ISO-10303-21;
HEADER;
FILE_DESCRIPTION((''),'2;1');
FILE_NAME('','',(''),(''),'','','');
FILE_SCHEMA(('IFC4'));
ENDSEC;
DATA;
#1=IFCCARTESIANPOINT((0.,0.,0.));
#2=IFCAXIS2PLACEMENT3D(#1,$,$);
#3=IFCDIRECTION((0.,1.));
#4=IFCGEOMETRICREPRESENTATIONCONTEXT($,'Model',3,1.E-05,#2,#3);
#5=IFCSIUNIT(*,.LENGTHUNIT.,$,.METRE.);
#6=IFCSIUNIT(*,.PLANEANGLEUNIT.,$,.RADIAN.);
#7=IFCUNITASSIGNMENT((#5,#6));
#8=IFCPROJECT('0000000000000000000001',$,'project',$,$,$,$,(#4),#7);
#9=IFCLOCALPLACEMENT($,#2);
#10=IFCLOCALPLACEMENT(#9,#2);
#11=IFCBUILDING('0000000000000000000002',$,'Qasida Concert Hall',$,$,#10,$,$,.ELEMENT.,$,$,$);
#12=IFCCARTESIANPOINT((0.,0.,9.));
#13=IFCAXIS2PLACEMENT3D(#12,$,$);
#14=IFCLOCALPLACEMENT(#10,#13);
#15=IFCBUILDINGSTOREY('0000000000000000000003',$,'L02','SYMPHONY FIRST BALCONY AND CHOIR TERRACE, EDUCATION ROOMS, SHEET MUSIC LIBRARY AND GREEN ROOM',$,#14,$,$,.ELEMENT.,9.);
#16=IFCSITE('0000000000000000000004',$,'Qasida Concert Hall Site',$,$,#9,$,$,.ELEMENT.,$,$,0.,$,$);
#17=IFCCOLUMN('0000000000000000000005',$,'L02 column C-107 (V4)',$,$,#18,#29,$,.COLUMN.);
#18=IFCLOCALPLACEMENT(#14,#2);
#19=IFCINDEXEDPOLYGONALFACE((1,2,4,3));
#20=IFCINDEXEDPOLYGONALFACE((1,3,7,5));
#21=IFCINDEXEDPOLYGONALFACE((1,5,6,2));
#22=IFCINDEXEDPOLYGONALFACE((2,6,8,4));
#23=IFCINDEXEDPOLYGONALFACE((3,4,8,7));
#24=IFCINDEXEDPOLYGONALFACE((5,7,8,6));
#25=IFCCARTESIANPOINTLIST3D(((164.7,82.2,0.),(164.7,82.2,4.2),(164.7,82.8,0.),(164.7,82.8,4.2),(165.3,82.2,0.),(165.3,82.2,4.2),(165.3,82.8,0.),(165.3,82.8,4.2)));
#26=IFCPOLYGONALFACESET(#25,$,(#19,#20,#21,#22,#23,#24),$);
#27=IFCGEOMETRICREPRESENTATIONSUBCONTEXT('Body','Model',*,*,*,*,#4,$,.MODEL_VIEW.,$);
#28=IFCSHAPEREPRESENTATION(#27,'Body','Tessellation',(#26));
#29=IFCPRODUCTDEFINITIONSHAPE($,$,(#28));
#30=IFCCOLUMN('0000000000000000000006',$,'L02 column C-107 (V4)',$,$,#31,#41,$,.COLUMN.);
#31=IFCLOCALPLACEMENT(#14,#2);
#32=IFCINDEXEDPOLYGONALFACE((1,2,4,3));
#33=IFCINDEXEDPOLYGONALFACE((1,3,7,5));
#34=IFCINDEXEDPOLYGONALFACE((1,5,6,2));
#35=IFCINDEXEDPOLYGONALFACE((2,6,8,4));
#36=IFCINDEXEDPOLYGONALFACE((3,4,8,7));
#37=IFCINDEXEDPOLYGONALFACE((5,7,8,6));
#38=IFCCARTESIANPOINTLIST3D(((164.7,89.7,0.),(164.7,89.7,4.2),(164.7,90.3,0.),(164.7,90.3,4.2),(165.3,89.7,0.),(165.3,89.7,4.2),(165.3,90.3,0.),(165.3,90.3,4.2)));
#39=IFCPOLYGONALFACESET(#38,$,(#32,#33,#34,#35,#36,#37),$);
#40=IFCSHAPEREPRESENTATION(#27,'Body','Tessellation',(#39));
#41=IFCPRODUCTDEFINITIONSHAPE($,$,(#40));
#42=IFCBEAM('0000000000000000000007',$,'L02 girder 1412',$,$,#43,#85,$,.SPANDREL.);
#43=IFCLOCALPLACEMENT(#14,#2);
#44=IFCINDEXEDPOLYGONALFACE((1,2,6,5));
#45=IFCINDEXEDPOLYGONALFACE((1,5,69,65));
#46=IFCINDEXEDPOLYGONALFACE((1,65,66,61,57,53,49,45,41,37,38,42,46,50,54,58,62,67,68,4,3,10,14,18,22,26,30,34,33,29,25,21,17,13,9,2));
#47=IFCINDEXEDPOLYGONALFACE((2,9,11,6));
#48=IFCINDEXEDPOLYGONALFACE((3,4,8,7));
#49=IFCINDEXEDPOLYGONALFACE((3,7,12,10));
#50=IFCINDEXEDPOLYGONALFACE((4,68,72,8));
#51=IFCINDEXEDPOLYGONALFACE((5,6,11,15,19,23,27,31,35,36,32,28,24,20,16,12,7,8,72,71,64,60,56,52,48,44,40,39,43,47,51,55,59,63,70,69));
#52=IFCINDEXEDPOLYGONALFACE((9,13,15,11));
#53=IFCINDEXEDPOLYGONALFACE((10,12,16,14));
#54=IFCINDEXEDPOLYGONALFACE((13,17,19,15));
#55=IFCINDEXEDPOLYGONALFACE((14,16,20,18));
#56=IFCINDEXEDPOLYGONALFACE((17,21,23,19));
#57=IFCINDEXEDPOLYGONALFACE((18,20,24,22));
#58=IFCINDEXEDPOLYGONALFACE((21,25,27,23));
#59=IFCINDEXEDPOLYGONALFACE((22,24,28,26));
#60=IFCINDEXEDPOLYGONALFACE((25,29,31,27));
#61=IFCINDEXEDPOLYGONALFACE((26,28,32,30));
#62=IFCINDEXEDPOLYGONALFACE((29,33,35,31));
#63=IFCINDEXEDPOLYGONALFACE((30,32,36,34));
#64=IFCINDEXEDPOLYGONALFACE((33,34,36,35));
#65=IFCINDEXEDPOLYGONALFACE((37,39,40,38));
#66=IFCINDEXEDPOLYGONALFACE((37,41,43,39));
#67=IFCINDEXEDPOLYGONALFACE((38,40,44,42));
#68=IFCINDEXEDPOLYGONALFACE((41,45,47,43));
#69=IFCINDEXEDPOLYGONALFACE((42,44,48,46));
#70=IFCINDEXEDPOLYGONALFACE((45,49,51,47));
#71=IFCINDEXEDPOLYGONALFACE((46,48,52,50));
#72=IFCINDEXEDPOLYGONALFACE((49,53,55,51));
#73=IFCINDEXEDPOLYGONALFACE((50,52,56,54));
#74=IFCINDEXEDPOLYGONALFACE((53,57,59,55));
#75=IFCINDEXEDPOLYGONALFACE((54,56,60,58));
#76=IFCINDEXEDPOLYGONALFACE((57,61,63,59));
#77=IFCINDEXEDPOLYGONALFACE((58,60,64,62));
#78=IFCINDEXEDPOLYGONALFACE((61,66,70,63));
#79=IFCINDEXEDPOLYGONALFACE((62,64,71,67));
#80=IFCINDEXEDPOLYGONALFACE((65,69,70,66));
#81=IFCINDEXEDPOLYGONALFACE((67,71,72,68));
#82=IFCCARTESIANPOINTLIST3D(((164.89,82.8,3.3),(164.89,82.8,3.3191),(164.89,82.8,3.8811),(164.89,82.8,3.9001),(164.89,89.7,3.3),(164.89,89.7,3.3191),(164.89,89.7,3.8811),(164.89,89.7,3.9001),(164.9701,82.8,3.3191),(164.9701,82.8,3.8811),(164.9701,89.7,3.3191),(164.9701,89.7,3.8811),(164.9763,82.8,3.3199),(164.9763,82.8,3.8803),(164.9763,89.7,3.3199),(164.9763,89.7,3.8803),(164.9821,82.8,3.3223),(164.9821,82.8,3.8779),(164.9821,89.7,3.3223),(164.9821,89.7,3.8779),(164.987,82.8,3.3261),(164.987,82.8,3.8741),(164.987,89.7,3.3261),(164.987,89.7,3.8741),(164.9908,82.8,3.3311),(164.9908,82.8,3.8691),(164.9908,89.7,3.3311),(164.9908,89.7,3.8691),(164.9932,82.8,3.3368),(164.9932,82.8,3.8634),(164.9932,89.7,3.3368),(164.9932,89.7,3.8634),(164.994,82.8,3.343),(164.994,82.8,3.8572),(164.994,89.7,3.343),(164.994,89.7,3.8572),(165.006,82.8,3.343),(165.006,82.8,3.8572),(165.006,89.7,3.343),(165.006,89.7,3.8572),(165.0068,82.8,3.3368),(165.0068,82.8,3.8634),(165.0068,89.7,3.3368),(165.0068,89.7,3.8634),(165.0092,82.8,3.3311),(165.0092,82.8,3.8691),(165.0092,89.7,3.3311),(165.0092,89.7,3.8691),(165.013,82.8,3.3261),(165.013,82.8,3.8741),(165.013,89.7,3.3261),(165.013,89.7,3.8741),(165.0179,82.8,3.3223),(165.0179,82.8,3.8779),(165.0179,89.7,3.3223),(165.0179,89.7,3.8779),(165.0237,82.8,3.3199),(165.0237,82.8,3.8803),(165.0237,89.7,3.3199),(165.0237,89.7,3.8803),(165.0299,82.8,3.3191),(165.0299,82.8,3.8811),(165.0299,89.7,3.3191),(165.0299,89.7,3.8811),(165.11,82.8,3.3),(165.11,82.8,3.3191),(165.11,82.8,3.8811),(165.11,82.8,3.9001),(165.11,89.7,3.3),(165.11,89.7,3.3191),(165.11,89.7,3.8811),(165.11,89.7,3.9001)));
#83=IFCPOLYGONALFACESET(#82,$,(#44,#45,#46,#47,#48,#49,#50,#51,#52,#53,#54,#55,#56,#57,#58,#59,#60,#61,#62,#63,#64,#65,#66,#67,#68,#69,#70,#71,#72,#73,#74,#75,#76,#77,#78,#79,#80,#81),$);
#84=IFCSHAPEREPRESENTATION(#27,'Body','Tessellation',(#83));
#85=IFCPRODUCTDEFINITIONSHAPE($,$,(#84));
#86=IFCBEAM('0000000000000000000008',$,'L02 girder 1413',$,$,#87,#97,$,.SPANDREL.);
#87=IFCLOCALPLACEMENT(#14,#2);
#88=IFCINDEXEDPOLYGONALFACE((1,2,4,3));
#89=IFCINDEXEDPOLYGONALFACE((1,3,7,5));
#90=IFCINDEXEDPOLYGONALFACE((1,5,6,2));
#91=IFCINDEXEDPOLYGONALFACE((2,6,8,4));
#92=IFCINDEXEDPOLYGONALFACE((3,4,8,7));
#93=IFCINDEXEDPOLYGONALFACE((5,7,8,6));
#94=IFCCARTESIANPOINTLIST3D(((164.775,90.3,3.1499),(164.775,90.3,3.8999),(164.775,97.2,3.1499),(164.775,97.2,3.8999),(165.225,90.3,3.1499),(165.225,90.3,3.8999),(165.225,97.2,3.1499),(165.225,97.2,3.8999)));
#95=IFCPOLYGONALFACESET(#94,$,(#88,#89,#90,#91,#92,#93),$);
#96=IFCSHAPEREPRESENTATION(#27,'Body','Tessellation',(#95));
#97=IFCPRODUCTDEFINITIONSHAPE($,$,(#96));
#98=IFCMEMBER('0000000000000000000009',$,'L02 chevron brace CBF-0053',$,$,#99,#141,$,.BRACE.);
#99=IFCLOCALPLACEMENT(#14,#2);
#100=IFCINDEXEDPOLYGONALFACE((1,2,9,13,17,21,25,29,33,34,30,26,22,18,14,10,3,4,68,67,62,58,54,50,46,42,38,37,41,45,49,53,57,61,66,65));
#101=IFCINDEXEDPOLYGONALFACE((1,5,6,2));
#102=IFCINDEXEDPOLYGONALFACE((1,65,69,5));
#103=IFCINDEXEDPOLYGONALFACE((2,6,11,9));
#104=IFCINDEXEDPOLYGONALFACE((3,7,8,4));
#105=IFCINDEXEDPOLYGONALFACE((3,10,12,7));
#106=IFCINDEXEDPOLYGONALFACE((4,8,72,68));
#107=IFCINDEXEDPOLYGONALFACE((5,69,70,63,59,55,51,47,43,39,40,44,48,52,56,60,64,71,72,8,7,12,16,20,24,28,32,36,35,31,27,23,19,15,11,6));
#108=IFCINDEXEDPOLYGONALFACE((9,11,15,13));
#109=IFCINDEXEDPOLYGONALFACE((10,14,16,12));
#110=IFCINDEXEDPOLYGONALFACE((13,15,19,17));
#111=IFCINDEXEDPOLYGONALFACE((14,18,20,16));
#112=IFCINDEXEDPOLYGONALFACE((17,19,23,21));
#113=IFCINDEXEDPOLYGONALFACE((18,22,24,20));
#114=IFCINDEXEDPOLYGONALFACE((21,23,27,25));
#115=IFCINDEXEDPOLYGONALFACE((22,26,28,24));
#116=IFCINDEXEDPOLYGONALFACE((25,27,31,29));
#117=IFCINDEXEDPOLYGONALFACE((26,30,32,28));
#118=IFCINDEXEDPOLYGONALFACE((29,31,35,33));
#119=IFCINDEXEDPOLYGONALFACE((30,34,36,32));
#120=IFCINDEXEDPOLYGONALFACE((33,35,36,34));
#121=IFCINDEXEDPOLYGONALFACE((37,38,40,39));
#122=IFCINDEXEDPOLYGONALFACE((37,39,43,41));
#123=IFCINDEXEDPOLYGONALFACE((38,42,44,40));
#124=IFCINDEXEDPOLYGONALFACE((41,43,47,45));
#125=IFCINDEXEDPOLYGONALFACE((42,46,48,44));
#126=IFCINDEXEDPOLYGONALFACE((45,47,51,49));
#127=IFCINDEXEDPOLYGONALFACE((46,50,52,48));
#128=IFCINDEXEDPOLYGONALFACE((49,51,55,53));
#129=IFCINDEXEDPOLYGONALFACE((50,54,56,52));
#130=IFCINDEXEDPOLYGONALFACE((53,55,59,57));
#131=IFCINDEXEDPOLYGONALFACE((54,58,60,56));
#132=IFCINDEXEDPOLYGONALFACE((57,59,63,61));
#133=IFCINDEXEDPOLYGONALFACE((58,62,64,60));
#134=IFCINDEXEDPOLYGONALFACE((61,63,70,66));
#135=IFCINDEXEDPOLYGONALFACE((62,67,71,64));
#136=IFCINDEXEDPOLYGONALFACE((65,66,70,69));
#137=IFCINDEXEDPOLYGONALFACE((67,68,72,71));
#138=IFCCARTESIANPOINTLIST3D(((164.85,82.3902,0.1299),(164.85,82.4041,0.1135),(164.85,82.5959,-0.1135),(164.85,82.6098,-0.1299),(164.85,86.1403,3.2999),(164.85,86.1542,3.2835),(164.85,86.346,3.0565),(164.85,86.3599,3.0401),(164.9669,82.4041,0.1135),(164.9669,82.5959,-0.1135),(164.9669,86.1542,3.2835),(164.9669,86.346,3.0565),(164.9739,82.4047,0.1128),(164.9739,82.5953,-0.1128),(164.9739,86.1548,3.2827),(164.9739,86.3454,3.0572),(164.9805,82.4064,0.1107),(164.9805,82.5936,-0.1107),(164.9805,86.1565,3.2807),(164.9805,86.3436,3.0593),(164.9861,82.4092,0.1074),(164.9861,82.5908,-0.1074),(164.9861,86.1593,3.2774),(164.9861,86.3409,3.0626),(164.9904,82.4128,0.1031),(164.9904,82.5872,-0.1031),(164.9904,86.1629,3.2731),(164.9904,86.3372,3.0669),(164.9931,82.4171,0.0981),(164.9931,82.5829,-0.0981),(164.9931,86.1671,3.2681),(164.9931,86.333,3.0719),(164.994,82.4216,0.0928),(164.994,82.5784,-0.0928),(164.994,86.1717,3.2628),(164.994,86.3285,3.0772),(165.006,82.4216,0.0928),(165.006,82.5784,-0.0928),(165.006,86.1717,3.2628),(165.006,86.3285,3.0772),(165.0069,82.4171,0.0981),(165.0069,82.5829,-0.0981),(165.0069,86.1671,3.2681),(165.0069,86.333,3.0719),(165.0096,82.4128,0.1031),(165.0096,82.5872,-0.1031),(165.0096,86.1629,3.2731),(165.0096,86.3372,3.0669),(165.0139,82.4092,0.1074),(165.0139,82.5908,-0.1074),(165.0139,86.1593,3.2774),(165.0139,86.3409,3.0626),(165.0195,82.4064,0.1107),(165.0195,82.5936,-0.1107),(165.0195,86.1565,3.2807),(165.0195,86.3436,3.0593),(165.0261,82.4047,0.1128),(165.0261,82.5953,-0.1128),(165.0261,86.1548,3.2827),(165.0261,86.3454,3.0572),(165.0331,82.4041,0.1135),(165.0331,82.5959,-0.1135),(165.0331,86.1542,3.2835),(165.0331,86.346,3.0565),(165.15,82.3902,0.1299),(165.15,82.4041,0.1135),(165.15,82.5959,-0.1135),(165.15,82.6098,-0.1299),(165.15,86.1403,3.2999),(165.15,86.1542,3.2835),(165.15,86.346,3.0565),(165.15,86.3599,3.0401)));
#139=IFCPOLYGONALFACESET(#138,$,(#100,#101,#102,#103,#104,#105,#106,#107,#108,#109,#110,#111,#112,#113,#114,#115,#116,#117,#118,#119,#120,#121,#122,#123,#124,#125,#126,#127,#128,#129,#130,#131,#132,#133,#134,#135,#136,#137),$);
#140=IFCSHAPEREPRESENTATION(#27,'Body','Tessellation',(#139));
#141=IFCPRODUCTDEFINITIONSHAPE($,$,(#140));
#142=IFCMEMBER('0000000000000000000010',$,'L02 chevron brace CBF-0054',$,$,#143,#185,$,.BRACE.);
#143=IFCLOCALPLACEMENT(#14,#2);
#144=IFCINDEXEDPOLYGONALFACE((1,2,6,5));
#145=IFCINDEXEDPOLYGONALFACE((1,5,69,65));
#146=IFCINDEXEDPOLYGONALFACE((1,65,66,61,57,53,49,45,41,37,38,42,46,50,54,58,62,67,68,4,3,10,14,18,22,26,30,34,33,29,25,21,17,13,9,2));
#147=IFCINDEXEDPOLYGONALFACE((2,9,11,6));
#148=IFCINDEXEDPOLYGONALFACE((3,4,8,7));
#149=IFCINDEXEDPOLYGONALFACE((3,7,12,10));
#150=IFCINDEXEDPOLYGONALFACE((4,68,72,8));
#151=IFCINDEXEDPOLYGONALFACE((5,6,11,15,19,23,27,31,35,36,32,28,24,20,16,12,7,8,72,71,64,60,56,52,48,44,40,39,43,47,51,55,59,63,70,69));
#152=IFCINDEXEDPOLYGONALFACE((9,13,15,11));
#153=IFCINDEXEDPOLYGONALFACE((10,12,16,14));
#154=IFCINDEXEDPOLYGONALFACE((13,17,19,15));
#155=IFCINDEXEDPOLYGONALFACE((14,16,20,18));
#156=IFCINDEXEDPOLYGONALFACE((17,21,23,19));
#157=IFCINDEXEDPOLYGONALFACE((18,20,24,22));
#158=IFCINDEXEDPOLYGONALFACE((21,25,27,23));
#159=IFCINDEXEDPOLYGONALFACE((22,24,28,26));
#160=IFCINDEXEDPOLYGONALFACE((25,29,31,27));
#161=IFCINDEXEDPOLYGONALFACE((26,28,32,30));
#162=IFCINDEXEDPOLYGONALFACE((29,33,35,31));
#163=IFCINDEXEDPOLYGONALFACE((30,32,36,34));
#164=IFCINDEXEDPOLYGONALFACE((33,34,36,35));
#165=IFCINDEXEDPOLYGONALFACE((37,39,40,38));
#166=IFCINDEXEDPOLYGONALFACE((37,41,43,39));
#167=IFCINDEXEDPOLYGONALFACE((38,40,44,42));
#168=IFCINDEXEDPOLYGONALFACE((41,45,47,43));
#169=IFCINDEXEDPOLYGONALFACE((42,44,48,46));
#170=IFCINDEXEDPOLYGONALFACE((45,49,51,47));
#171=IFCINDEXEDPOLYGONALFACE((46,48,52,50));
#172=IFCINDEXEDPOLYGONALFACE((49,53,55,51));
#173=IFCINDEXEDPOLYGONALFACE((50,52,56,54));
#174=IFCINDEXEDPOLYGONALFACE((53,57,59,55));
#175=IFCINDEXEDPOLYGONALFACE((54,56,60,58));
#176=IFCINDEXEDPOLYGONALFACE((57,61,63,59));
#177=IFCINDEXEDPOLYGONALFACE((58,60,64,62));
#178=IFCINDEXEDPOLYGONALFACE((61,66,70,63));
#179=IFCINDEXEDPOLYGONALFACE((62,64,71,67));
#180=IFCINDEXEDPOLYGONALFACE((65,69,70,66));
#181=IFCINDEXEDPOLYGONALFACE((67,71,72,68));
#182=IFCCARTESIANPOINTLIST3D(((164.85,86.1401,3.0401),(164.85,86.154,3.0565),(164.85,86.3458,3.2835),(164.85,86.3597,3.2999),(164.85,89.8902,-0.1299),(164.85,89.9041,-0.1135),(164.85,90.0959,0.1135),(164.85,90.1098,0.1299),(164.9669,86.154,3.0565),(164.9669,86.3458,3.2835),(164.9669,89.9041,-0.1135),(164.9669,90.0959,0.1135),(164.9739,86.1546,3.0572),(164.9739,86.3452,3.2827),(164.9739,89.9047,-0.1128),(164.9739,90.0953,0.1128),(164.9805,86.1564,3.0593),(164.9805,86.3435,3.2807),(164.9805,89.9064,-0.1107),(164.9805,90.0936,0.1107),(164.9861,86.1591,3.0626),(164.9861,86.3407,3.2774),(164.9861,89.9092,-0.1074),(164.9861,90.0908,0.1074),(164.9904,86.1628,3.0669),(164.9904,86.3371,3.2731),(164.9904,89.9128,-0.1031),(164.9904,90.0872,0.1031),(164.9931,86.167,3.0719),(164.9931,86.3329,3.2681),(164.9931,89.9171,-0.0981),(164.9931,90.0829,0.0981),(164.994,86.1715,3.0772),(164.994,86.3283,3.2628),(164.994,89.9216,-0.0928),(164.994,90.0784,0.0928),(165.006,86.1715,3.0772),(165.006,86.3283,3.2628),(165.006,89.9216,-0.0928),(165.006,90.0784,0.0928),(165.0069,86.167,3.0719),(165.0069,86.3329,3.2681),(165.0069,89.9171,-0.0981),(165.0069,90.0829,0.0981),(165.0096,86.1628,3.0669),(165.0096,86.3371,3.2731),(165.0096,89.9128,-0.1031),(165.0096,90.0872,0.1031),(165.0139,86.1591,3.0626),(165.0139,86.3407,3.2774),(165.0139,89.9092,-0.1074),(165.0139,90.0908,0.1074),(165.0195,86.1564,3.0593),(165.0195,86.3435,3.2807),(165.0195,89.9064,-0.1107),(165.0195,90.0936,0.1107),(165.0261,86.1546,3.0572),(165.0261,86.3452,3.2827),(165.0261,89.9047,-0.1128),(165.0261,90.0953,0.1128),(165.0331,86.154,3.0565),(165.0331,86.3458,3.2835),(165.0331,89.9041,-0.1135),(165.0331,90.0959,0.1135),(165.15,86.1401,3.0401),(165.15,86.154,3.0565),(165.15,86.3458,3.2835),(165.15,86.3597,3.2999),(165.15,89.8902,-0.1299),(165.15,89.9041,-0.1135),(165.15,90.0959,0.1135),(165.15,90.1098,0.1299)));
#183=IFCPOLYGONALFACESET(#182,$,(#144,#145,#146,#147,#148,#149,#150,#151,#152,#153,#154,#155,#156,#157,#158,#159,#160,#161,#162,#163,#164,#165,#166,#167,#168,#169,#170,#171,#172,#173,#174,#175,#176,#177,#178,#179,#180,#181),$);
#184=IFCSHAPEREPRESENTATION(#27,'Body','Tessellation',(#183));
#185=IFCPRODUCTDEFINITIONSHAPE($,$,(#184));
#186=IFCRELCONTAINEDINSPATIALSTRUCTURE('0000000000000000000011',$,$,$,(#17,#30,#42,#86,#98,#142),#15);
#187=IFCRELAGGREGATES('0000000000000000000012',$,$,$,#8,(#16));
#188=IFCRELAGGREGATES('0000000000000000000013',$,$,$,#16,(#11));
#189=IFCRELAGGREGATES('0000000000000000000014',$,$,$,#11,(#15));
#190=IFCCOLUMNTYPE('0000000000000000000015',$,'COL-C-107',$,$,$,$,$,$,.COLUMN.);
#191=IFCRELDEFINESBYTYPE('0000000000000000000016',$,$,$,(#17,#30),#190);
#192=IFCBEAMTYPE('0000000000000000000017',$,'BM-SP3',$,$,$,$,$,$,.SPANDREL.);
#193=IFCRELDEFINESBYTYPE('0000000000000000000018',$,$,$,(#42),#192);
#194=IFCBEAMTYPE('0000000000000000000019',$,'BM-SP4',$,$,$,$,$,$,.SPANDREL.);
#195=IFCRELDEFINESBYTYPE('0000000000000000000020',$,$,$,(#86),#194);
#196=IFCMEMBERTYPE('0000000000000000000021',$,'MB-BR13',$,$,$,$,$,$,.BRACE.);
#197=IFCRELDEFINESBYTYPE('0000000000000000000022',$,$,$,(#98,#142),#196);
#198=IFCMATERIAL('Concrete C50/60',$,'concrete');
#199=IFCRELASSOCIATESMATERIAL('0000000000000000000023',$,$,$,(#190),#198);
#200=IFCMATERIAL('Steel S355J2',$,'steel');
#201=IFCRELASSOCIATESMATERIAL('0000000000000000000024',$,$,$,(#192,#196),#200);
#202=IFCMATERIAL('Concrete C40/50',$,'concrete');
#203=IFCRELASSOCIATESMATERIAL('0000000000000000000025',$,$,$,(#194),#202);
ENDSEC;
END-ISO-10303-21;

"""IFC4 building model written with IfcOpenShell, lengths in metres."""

from ifc_helpers import new_model, si_unit, direction, frame, origin, origin_2d, place, context, subcontext, project, spatial, rectangle, i_section, extrude, material, material_profile, profile_set, type_object, element, save


model = new_model("IFC4")

# Units and contexts
model_context = context("Model", 3, precision=1e-05, world=origin(), true_north=direction((0.0, 1.0)))
body_context = subcontext(model_context, "Body", "Model", "MODEL_VIEW")
ifc_project = project(units=[si_unit("LENGTHUNIT", "METRE"), si_unit("PLANEANGLEUNIT", "RADIAN")], contexts=[model_context])

# Site, building, storey
site_placement = place(None, origin())
site = spatial("IfcSite", under=ifc_project, at=site_placement, Name="Qasida Concert Hall Site", CompositionType="ELEMENT", RefElevation=0.0)
building_placement = place(site_placement, origin())
building = spatial("IfcBuilding", under=site, at=building_placement, Name="Qasida Concert Hall", CompositionType="ELEMENT")
storey_placement = place(building_placement, frame((0.0, 0.0, 9.0)))
storey = spatial("IfcBuildingStorey", under=building, at=storey_placement, Name="L02", Description="SYMPHONY FIRST BALCONY AND CHOIR TERRACE, EDUCATION ROOMS, SHEET MUSIC LIBRARY AND GREEN ROOM", CompositionType="ELEMENT", Elevation=9.0)

# Columns
ifc_material_1 = material(Name="Concrete C50/60", Category="concrete")
ifc_material_profile_1 = material_profile(ifc_material_1, rectangle(XDim=0.6001, YDim=0.6001, at=origin_2d()), Name="RC 600x600")
ifc_profile_set_1 = profile_set([ifc_material_profile_1], Name="Concrete C50/60")
column_type = type_object("IfcColumnType", Name="COL-C-107", PredefinedType="COLUMN", material=ifc_profile_set_1)
for number, where, z_axis, x_axis, name in (
    (1, (165.0, 82.5, 0.0), (0.0, 0.0, 1.0), (1.0, 0.0, 0.0), "L02 column C-107 (V4)"),
    (2, (165.0, 90.0, 0.0), (0.0, 0.0, 1.0), (1.0, 0.0, 0.0), "L02 column C-107 (V4)"),
):
    element("IfcColumn", number, at=place(storey_placement, frame(where, z_axis=z_axis, x_axis=x_axis)), inside=storey, type_object=column_type, Name=name, PredefinedType="COLUMN", context=body_context, shape_type="SweptSolid", body=[
        extrude(rectangle(XDim=0.6001, YDim=0.6001, at=origin_2d()), origin(), (0.0, 0.0, 1.0), 4.2),
    ])

# Beams
ifc_material_2 = material(Name="Steel S355J2", Category="steel")
ifc_material_profile_2 = material_profile(ifc_material_2, i_section(OverallWidth=0.22, OverallDepth=0.6001, WebThickness=0.012, FlangeThickness=0.019, FilletRadius=0.0239, at=origin_2d()), Name="IPE 600")
ifc_profile_set_2 = profile_set([ifc_material_profile_2], Name="Steel S355J2")
beam_type_1 = type_object("IfcBeamType", Name="BM-SP3", PredefinedType="SPANDREL", material=ifc_profile_set_2)
beam_1_placement = place(storey_placement, frame((165.0, 82.8, 3.6001), z_axis=(0.0, 1.0, 0.0), x_axis=(-1.0, 0.0, 0.0)))
element("IfcBeam", 3, at=beam_1_placement, inside=storey, type_object=beam_type_1, Name="L02 girder 1412", PredefinedType="SPANDREL", context=body_context, shape_type="SweptSolid", body=[
    extrude(i_section(OverallWidth=0.22, OverallDepth=0.6001, WebThickness=0.012, FlangeThickness=0.019, FilletRadius=0.0239, at=origin_2d()), origin(), (0.0, 0.0, 1.0), 6.8999),
])
ifc_material_3 = material(Name="Concrete C40/50", Category="concrete")
ifc_material_profile_3 = material_profile(ifc_material_3, rectangle(XDim=0.45, YDim=0.75, at=origin_2d()), Name="RC 450x750")
ifc_profile_set_3 = profile_set([ifc_material_profile_3], Name="Concrete C40/50")
beam_type_2 = type_object("IfcBeamType", Name="BM-SP4", PredefinedType="SPANDREL", material=ifc_profile_set_3)
beam_2_placement = place(storey_placement, frame((165.0, 90.3, 3.5249), z_axis=(0.0, 1.0, 0.0), x_axis=(-1.0, 0.0, 0.0)))
element("IfcBeam", 4, at=beam_2_placement, inside=storey, type_object=beam_type_2, Name="L02 girder 1413", PredefinedType="SPANDREL", context=body_context, shape_type="SweptSolid", body=[
    extrude(rectangle(XDim=0.45, YDim=0.75, at=origin_2d()), origin(), (0.0, 0.0, 1.0), 6.8999),
])

# Members
ifc_material_profile_4 = material_profile(ifc_material_2, i_section(OverallWidth=0.3, OverallDepth=0.3401, WebThickness=0.012, FlangeThickness=0.0215, FilletRadius=0.0271, at=origin_2d()), Name="HEB 340")
ifc_profile_set_4 = profile_set([ifc_material_profile_4], Name="Steel S355J2")
member_type_1 = type_object("IfcMemberType", Name="MB-BR13", PredefinedType="BRACE", material=ifc_profile_set_4)
for number, where, z_axis, x_axis, name in (
    (5, (165.0, 82.5, 0.0), (0.0, 0.763703, 0.645568), (-1.0, 0.0, 0.0), "L02 chevron brace CBF-0053"),
    (6, (165.0, 90.0, 0.0), (0.0, -0.763703, 0.645568), (1.0, 0.0, 0.0), "L02 chevron brace CBF-0054"),
):
    element("IfcMember", number, at=place(storey_placement, frame(where, z_axis=z_axis, x_axis=x_axis)), inside=storey, type_object=member_type_1, Name=name, PredefinedType="BRACE", context=body_context, shape_type="SweptSolid", body=[
        extrude(i_section(OverallWidth=0.3, OverallDepth=0.3401, WebThickness=0.012, FlangeThickness=0.0215, FilletRadius=0.0271, at=origin_2d()), origin(), (0.0, 0.0, 1.0), 4.9104),
    ])

save(model, "model.ifc")
